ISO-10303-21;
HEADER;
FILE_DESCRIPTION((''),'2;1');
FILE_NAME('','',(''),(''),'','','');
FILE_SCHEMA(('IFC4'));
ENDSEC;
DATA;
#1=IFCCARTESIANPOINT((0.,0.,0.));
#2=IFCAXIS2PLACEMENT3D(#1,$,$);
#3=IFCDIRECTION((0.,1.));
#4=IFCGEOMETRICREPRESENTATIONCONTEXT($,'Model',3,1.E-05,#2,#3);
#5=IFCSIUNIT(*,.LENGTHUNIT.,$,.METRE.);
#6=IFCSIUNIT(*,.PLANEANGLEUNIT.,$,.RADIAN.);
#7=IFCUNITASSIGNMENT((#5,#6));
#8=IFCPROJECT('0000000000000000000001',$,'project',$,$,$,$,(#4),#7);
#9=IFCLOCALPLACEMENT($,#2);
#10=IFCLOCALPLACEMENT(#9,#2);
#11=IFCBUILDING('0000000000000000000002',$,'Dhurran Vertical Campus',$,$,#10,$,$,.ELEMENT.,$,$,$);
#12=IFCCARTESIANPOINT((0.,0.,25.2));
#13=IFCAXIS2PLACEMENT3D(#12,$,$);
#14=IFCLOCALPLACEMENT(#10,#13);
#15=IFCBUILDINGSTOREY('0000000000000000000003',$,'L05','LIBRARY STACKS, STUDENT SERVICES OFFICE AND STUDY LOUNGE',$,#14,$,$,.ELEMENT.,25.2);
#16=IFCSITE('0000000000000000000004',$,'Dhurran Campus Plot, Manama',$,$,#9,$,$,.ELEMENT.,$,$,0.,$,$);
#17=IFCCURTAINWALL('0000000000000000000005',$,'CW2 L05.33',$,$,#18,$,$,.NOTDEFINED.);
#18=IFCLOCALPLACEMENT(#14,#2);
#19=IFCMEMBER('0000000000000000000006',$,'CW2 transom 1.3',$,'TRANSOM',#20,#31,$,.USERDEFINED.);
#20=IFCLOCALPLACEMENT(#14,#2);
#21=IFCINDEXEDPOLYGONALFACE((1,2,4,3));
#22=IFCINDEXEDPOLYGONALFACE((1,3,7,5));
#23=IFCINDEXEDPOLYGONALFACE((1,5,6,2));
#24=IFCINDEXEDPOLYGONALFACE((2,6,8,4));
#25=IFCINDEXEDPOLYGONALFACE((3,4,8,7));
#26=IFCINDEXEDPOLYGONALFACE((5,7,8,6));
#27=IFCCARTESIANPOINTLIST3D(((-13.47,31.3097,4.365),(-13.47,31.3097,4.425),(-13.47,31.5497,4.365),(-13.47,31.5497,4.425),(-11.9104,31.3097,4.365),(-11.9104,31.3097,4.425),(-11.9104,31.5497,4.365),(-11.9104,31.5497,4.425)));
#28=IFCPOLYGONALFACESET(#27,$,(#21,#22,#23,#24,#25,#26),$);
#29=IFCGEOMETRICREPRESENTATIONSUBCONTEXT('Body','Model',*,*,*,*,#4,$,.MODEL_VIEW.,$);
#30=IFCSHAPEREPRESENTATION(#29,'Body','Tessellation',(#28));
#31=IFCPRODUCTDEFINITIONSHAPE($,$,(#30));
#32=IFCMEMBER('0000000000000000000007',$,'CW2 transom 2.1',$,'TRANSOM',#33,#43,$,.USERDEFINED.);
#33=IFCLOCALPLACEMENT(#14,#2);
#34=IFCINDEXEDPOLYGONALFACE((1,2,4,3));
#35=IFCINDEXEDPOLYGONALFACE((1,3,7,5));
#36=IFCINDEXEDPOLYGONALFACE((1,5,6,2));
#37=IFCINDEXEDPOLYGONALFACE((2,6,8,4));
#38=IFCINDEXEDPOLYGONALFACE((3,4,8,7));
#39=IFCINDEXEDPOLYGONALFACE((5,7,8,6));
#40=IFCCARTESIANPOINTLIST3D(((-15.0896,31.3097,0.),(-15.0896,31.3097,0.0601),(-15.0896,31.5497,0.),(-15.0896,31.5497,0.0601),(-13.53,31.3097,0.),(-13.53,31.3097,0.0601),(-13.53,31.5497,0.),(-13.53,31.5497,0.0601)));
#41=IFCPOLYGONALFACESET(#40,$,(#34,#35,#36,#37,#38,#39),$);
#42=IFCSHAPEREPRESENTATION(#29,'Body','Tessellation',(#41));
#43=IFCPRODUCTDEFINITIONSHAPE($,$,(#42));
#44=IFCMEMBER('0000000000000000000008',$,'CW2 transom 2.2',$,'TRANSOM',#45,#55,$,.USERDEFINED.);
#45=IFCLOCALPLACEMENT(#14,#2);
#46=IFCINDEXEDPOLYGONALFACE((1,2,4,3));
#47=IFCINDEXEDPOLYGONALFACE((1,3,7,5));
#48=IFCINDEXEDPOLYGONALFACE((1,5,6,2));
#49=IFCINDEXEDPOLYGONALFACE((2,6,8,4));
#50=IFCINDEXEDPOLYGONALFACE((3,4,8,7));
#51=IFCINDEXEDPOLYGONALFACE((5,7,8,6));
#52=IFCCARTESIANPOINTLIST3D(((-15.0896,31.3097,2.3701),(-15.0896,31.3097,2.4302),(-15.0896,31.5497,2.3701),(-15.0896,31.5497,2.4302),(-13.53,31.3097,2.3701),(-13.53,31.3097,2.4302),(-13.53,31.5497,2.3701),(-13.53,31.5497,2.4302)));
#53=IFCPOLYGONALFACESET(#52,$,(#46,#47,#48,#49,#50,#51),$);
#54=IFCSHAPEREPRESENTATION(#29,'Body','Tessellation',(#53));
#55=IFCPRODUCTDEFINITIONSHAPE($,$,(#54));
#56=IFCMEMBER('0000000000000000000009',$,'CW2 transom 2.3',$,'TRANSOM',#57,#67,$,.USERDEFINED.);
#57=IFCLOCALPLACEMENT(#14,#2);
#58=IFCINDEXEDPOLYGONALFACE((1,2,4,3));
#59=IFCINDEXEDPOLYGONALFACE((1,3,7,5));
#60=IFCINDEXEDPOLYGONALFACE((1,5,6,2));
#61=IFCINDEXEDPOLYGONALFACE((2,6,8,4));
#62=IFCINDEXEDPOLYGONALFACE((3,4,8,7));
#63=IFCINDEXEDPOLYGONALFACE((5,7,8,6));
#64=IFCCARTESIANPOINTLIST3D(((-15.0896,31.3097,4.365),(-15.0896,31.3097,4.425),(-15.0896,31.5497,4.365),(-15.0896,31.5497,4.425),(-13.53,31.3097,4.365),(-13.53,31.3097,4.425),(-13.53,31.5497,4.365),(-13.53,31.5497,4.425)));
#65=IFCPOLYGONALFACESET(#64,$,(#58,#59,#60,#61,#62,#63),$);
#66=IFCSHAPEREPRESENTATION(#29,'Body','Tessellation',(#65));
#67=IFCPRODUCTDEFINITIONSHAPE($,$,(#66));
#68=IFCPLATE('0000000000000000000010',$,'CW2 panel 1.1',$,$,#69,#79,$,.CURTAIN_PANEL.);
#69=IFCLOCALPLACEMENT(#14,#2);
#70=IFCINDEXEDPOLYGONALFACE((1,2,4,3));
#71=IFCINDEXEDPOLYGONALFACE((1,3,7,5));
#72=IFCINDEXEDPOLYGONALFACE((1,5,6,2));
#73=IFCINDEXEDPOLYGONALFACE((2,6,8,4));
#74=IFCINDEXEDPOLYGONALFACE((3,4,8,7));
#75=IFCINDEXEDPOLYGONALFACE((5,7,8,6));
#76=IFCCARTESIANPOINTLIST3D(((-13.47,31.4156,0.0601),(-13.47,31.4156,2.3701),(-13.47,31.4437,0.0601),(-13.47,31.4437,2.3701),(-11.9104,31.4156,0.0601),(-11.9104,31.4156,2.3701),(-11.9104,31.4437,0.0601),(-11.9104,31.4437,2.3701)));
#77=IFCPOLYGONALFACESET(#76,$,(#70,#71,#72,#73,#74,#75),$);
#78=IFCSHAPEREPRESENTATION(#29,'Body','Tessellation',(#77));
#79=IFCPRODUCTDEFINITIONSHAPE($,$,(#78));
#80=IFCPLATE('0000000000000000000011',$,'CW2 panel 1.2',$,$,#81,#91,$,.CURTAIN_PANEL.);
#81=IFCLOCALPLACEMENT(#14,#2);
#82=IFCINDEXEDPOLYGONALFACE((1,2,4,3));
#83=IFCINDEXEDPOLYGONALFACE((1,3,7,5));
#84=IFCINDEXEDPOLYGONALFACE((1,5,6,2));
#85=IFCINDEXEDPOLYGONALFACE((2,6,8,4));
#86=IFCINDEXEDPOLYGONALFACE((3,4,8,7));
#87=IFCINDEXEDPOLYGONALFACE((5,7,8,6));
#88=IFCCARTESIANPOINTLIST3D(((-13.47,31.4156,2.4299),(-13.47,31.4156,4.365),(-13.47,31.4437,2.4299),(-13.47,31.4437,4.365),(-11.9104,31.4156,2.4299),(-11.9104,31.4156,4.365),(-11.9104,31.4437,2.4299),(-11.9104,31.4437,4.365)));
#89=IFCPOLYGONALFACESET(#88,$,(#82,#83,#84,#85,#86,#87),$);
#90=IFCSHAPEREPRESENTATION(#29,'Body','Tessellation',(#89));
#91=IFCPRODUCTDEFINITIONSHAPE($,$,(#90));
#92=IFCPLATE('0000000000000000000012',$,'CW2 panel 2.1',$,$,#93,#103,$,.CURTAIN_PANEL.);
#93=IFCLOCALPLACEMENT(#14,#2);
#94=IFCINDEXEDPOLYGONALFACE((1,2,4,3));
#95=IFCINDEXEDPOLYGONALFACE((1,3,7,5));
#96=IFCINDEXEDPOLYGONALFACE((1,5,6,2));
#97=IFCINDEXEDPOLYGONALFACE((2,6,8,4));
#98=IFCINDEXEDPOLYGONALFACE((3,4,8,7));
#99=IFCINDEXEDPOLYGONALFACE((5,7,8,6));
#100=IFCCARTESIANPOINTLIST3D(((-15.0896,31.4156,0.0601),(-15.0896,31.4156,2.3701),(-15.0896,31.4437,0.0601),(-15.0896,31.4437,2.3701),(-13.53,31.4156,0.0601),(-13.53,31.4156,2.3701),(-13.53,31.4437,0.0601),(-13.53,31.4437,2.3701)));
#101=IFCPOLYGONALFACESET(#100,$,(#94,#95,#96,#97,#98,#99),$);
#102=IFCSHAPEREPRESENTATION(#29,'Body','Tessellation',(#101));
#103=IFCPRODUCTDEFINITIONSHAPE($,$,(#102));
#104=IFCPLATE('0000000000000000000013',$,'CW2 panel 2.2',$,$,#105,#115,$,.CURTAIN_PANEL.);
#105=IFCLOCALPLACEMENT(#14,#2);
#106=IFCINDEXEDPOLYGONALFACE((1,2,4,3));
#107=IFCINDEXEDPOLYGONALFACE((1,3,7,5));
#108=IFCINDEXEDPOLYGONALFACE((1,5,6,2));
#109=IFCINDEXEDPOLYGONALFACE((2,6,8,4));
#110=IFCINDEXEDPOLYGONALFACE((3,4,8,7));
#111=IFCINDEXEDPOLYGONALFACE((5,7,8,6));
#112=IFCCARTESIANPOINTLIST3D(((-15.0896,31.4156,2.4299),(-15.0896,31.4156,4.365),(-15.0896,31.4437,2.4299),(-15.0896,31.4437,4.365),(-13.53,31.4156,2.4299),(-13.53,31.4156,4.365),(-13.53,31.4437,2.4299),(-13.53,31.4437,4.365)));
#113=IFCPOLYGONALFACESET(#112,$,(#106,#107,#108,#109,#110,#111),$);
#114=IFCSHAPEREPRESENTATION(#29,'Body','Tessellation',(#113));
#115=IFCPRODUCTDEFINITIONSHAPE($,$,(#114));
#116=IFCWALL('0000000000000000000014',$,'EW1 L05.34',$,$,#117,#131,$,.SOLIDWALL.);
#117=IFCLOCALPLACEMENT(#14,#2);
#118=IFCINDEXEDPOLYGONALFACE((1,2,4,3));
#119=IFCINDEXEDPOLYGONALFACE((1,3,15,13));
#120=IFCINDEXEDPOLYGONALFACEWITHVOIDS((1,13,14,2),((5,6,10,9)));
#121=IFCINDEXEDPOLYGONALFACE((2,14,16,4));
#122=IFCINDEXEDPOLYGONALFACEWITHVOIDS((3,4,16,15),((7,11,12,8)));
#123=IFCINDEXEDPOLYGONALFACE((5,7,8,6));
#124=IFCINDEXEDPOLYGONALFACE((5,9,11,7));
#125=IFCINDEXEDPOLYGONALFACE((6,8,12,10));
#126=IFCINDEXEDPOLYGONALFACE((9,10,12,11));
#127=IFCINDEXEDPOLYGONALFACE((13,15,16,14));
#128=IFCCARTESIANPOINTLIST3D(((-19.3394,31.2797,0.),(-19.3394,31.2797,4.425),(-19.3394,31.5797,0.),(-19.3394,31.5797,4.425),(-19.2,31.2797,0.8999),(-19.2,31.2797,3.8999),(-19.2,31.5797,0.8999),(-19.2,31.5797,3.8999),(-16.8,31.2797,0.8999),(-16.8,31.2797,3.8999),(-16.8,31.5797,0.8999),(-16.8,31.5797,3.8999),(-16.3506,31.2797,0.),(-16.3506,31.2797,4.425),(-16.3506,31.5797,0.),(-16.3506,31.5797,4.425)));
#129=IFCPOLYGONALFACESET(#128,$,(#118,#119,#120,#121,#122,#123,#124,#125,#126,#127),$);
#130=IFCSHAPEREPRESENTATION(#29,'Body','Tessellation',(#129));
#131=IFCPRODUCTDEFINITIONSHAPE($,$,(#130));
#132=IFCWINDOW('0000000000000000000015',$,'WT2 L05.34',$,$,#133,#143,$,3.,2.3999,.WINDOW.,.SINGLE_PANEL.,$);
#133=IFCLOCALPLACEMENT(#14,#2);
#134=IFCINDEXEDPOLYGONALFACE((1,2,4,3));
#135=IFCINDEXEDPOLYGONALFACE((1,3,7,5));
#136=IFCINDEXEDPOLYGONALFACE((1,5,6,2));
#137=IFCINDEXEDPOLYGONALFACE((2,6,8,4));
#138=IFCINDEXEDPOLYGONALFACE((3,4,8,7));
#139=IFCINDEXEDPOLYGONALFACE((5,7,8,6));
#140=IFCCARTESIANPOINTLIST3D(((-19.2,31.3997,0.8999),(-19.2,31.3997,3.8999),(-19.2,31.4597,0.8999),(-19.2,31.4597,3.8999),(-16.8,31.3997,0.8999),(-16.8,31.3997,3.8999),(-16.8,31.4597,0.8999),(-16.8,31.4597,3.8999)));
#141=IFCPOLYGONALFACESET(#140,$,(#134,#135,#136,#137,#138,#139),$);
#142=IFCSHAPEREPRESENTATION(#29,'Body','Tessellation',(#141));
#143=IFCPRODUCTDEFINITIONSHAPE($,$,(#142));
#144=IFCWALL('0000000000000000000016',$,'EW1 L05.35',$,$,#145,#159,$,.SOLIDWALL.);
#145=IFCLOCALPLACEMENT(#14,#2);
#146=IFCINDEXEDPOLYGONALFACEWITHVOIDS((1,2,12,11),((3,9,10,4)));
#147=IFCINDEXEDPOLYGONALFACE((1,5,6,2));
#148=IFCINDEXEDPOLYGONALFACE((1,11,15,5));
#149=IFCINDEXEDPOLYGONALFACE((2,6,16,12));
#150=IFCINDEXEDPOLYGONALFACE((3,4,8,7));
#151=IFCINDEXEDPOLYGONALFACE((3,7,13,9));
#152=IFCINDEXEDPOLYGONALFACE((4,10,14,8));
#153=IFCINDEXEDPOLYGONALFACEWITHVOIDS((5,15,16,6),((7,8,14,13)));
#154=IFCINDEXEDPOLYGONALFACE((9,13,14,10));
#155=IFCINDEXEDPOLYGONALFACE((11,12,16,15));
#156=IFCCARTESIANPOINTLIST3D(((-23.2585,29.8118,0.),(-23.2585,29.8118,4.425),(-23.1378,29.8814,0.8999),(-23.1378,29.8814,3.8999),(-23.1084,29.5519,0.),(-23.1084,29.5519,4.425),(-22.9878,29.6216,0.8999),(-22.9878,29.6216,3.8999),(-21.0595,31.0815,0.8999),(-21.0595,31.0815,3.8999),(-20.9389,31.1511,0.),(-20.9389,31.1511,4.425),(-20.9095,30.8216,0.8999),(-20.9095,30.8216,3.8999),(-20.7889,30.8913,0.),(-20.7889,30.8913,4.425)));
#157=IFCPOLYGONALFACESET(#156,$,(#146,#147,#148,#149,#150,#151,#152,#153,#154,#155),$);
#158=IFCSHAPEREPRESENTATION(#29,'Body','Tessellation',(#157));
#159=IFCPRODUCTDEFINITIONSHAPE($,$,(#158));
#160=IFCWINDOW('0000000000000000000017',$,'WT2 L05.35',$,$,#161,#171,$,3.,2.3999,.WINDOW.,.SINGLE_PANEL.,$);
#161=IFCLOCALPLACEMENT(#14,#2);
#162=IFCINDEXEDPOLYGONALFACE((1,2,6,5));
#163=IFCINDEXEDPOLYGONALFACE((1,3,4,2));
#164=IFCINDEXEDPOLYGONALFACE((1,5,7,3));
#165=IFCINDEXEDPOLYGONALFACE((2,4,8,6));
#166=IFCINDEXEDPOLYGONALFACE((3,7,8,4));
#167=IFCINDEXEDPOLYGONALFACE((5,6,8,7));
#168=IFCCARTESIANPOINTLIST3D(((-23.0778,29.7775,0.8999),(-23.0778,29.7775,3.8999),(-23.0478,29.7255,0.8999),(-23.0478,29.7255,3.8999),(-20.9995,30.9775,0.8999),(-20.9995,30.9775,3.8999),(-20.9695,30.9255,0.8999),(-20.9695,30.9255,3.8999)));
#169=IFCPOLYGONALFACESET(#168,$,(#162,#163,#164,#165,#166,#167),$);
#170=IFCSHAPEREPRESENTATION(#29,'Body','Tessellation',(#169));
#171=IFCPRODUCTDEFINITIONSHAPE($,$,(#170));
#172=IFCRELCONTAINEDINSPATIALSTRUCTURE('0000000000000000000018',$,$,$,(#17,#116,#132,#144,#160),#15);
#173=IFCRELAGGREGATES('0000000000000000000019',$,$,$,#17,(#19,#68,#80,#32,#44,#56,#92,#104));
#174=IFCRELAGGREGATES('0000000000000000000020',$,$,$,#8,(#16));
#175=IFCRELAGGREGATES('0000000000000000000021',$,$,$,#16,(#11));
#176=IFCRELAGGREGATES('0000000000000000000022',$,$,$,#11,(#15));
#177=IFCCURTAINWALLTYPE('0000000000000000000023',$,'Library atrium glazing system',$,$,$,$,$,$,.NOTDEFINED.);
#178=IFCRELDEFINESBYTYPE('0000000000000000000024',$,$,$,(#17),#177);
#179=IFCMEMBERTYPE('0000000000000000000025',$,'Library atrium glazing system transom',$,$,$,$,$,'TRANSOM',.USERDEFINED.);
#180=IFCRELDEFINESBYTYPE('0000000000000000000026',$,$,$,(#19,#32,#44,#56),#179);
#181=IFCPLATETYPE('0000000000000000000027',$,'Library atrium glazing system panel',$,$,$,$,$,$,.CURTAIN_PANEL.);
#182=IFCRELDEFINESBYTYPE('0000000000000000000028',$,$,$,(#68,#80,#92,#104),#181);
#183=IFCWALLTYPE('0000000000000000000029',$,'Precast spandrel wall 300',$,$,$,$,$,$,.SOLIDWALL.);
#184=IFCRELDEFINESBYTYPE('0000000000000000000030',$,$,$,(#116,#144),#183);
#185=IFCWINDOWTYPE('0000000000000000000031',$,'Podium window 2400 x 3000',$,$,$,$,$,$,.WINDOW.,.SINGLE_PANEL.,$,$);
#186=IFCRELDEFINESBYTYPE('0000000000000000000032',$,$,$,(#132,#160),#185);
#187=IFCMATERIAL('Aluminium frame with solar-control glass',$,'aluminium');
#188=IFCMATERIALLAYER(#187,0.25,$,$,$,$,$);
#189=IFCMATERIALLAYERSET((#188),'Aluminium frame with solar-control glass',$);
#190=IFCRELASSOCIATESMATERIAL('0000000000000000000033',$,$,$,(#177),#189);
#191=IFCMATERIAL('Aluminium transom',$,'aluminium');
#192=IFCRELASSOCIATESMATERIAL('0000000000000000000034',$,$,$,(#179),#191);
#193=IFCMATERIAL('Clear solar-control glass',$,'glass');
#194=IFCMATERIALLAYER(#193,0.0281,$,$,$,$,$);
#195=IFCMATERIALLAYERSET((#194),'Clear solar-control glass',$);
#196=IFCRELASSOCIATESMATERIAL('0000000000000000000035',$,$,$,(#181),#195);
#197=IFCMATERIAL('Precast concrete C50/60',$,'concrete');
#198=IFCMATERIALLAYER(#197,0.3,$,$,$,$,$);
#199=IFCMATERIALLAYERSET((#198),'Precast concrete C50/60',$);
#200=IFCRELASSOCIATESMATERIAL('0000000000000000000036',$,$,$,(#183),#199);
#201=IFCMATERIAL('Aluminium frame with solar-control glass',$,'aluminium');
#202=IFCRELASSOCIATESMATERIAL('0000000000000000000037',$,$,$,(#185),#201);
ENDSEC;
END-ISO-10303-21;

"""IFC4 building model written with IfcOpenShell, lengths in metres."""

from ifc_helpers import new_model, si_unit, direction, frame, frame_2d, origin, origin_2d, place, context, subcontext, project, spatial, rectangle, extrude, material, layer, layer_set, material_profile, profile_set, type_object, element, fill, aggregate, save


model = new_model("IFC4")

# Units and contexts
model_context = context("Model", 3, precision=1e-05, world=origin(), true_north=direction((0.0, 1.0)))
body_context = subcontext(model_context, "Body", "Model", "MODEL_VIEW")
ifc_project = project(units=[si_unit("LENGTHUNIT", "METRE"), si_unit("PLANEANGLEUNIT", "RADIAN")], contexts=[model_context])

# Site, building, storey
site_placement = place(None, origin())
site = spatial("IfcSite", under=ifc_project, at=site_placement, Name="Dhurran Campus Plot, Manama", CompositionType="ELEMENT", RefElevation=0.0)
building_placement = place(site_placement, origin())
building = spatial("IfcBuilding", under=site, at=building_placement, Name="Dhurran Vertical Campus", CompositionType="ELEMENT")
storey_placement = place(building_placement, frame((0.0, 0.0, 25.2)))
storey = spatial("IfcBuildingStorey", under=building, at=storey_placement, Name="L05", Description="LIBRARY STACKS, STUDENT SERVICES OFFICE AND STUDY LOUNGE", CompositionType="ELEMENT", Elevation=25.2)

# Curtain wall, members, plates
ifc_material_1 = material(Name="Aluminium frame with solar-control glass", Category="aluminium")
ifc_layer_1 = layer(ifc_material_1, 0.25)
ifc_layer_set_1 = layer_set([ifc_layer_1], Name="Aluminium frame with solar-control glass")
curtain_wall_type = type_object("IfcCurtainWallType", Name="Library atrium glazing system", PredefinedType="NOTDEFINED", material=ifc_layer_set_1)
curtain_wall_placement = place(storey_placement, origin())
curtain_wall = element("IfcCurtainWall", 1, at=curtain_wall_placement, inside=storey, type_object=curtain_wall_type, Name="CW2 L05.33", PredefinedType="NOTDEFINED")
ifc_material_2 = material(Name="Aluminium transom", Category="aluminium")
ifc_material_profile_1 = material_profile(ifc_material_2, rectangle(XDim=0.24, YDim=0.0601, at=origin_2d()), Name="Library atrium glazing system transom")
ifc_profile_set_1 = profile_set([ifc_material_profile_1], Name="Aluminium transom")
member_type_1 = type_object("IfcMemberType", Name="Library atrium glazing system transom", ElementType="TRANSOM", PredefinedType="USERDEFINED", material=ifc_profile_set_1)
member_1_placement = place(storey_placement, frame((-11.9104, 31.4297, 4.395), z_axis=(-1.0, 0.0, 0.0), x_axis=(0.0, -1.0, 0.0)))
member_1 = element("IfcMember", 2, at=member_1_placement, type_object=member_type_1, Name="CW2 transom 1.3", ObjectType="TRANSOM", PredefinedType="USERDEFINED", context=body_context, shape_type="SweptSolid", body=[
    extrude(rectangle(XDim=0.24, YDim=0.0601, at=origin_2d()), origin(), (0.0, 0.0, 1.0), 1.5596),
])
member_2_placement = place(storey_placement, frame((-13.53, 31.4297, 0.03), z_axis=(-1.0, 0.0, 0.0), x_axis=(0.0, -1.0, 0.0)))
member_2 = element("IfcMember", 3, at=member_2_placement, type_object=member_type_1, Name="CW2 transom 2.1", ObjectType="TRANSOM", PredefinedType="USERDEFINED", context=body_context, shape_type="SweptSolid", body=[
    extrude(rectangle(XDim=0.24, YDim=0.0601, at=origin_2d()), origin(), (0.0, 0.0, 1.0), 1.5596),
])
member_3_placement = place(storey_placement, frame((-13.53, 31.4297, 2.4001), z_axis=(-1.0, 0.0, 0.0), x_axis=(0.0, -1.0, 0.0)))
member_3 = element("IfcMember", 4, at=member_3_placement, type_object=member_type_1, Name="CW2 transom 2.2", ObjectType="TRANSOM", PredefinedType="USERDEFINED", context=body_context, shape_type="SweptSolid", body=[
    extrude(rectangle(XDim=0.24, YDim=0.0601, at=origin_2d()), origin(), (0.0, 0.0, 1.0), 1.5596),
])
member_4_placement = place(storey_placement, frame((-13.53, 31.4297, 4.395), z_axis=(-1.0, 0.0, 0.0), x_axis=(0.0, -1.0, 0.0)))
member_4 = element("IfcMember", 5, at=member_4_placement, type_object=member_type_1, Name="CW2 transom 2.3", ObjectType="TRANSOM", PredefinedType="USERDEFINED", context=body_context, shape_type="SweptSolid", body=[
    extrude(rectangle(XDim=0.24, YDim=0.0601, at=origin_2d()), origin(), (0.0, 0.0, 1.0), 1.5596),
])
ifc_material_3 = material(Name="Clear solar-control glass", Category="glass")
ifc_layer_2 = layer(ifc_material_3, 0.0281)
ifc_layer_set_2 = layer_set([ifc_layer_2], Name="Clear solar-control glass")
plate_type = type_object("IfcPlateType", Name="Library atrium glazing system panel", PredefinedType="CURTAIN_PANEL", material=ifc_layer_set_2)
plate_1_placement = place(storey_placement, frame((-12.6902, 31.4297, 0.0601), z_axis=(0.0, 0.0, 1.0), x_axis=(-1.0, 0.0, 0.0)))
plate_1 = element("IfcPlate", 6, at=plate_1_placement, type_object=plate_type, Name="CW2 panel 1.1", PredefinedType="CURTAIN_PANEL", context=body_context, shape_type="SweptSolid", body=[
    extrude(rectangle(XDim=1.5596, YDim=0.0281, at=origin_2d()), origin(), (0.0, 0.0, 1.0), 2.3101),
])
plate_2_placement = place(storey_placement, frame((-12.6902, 31.4297, 2.4299), z_axis=(0.0, 0.0, 1.0), x_axis=(-1.0, 0.0, 0.0)))
plate_2 = element("IfcPlate", 7, at=plate_2_placement, type_object=plate_type, Name="CW2 panel 1.2", PredefinedType="CURTAIN_PANEL", context=body_context, shape_type="SweptSolid", body=[
    extrude(rectangle(XDim=1.5596, YDim=0.0281, at=origin_2d()), origin(), (0.0, 0.0, 1.0), 1.9351),
])
plate_3_placement = place(storey_placement, frame((-14.3098, 31.4297, 0.0601), z_axis=(0.0, 0.0, 1.0), x_axis=(-1.0, 0.0, 0.0)))
plate_3 = element("IfcPlate", 8, at=plate_3_placement, type_object=plate_type, Name="CW2 panel 2.1", PredefinedType="CURTAIN_PANEL", context=body_context, shape_type="SweptSolid", body=[
    extrude(rectangle(XDim=1.5596, YDim=0.0281, at=origin_2d()), origin(), (0.0, 0.0, 1.0), 2.3101),
])
plate_4_placement = place(storey_placement, frame((-14.3098, 31.4297, 2.4299), z_axis=(0.0, 0.0, 1.0), x_axis=(-1.0, 0.0, 0.0)))
plate_4 = element("IfcPlate", 9, at=plate_4_placement, type_object=plate_type, Name="CW2 panel 2.2", PredefinedType="CURTAIN_PANEL", context=body_context, shape_type="SweptSolid", body=[
    extrude(rectangle(XDim=1.5596, YDim=0.0281, at=origin_2d()), origin(), (0.0, 0.0, 1.0), 1.9351),
])
aggregate(curtain_wall, [member_1, plate_1, plate_2, member_2, member_3, member_4, plate_3, plate_4])

# Walls, openings, windows
ifc_material_4 = material(Name="Precast concrete C50/60", Category="concrete")
ifc_layer_3 = layer(ifc_material_4, 0.3)
ifc_layer_set_3 = layer_set([ifc_layer_3], Name="Precast concrete C50/60")
wall_type_1 = type_object("IfcWallType", Name="Precast spandrel wall 300", PredefinedType="SOLIDWALL", material=ifc_layer_set_3)
wall_1_placement = place(storey_placement, frame((-16.3506, 31.4297, 0.0), z_axis=(0.0, 0.0, 1.0), x_axis=(-1.0, 0.0, 0.0)))
wall_1 = element("IfcWall", 10, at=wall_1_placement, inside=storey, type_object=wall_type_1, Name="EW1 L05.34", PredefinedType="SOLIDWALL", context=body_context, shape_type="SweptSolid", body=[
    extrude(rectangle(XDim=2.9888, YDim=0.3, at=frame_2d((1.4944, 0.0))), origin(), (0.0, 0.0, 1.0), 4.425),
])
opening_1_placement = place(wall_1_placement, frame((0.4495, 0.0, 0.8999)))
opening_1 = element("IfcOpeningElement", 11, at=opening_1_placement, cuts=wall_1, PredefinedType="OPENING", context=body_context, shape_type="SweptSolid", body=[
    extrude(rectangle(XDim=2.3999, YDim=3.0, at=frame_2d((1.2, 1.5))), frame((0.0, 0.1599, 0.0), z_axis=(0.0, -1.0, 0.0), x_axis=(1.0, 0.0, 0.0)), (0.0, 0.0, 1.0), 0.3201),
])
ifc_material_5 = material(Name="Aluminium frame with solar-control glass", Category="aluminium")
window_type = type_object("IfcWindowType", Name="Podium window 2400 x 3000", PartitioningType="SINGLE_PANEL", PredefinedType="WINDOW", material=ifc_material_5)
window_1_placement = place(opening_1_placement, origin())
window_1 = element("IfcWindow", 12, at=window_1_placement, inside=storey, type_object=window_type, Name="WT2 L05.34", OverallHeight=3.0, OverallWidth=2.3999, PartitioningType="SINGLE_PANEL", PredefinedType="WINDOW", context=body_context, shape_type="SweptSolid", body=[
    extrude(rectangle(XDim=2.3999, YDim=3.0, at=frame_2d((1.2, 1.5))), frame((0.0, 0.03, 0.0), z_axis=(0.0, -1.0, 0.0), x_axis=(1.0, 0.0, 0.0)), (0.0, 0.0, 1.0), 0.0601),
])
fill(opening_1, window_1)
wall_2_placement = place(storey_placement, frame((-20.8638, 31.0212, 0.0), z_axis=(0.0, 0.0, 1.0), x_axis=(-0.866002, -0.500041, 0.0)))
wall_2 = element("IfcWall", 13, at=wall_2_placement, inside=storey, type_object=wall_type_1, Name="EW1 L05.35", PredefinedType="SOLIDWALL", context=body_context, shape_type="SweptSolid", body=[
    extrude(rectangle(XDim=2.6785, YDim=0.3, at=frame_2d((1.3394, 0.0))), origin(), (0.0, 0.0, 1.0), 4.425),
])
opening_2_placement = place(wall_2_placement, frame((0.1394, 0.0, 0.8999)))
opening_2 = element("IfcOpeningElement", 14, at=opening_2_placement, cuts=wall_2, PredefinedType="OPENING", context=body_context, shape_type="SweptSolid", body=[
    extrude(rectangle(XDim=2.3999, YDim=3.0, at=frame_2d((1.2, 1.5))), frame((0.0, 0.1599, 0.0), z_axis=(0.0, -1.0, 0.0), x_axis=(1.0, 0.0, 0.0)), (0.0, 0.0, 1.0), 0.3201),
])
window_2_placement = place(opening_2_placement, origin())
window_2 = element("IfcWindow", 15, at=window_2_placement, inside=storey, type_object=window_type, Name="WT2 L05.35", OverallHeight=3.0, OverallWidth=2.3999, PartitioningType="SINGLE_PANEL", PredefinedType="WINDOW", context=body_context, shape_type="SweptSolid", body=[
    extrude(rectangle(XDim=2.3999, YDim=3.0, at=frame_2d((1.2, 1.5))), frame((0.0, 0.03, 0.0), z_axis=(0.0, -1.0, 0.0), x_axis=(1.0, 0.0, 0.0)), (0.0, 0.0, 1.0), 0.0601),
])
fill(opening_2, window_2)

save(model, "model.ifc")
